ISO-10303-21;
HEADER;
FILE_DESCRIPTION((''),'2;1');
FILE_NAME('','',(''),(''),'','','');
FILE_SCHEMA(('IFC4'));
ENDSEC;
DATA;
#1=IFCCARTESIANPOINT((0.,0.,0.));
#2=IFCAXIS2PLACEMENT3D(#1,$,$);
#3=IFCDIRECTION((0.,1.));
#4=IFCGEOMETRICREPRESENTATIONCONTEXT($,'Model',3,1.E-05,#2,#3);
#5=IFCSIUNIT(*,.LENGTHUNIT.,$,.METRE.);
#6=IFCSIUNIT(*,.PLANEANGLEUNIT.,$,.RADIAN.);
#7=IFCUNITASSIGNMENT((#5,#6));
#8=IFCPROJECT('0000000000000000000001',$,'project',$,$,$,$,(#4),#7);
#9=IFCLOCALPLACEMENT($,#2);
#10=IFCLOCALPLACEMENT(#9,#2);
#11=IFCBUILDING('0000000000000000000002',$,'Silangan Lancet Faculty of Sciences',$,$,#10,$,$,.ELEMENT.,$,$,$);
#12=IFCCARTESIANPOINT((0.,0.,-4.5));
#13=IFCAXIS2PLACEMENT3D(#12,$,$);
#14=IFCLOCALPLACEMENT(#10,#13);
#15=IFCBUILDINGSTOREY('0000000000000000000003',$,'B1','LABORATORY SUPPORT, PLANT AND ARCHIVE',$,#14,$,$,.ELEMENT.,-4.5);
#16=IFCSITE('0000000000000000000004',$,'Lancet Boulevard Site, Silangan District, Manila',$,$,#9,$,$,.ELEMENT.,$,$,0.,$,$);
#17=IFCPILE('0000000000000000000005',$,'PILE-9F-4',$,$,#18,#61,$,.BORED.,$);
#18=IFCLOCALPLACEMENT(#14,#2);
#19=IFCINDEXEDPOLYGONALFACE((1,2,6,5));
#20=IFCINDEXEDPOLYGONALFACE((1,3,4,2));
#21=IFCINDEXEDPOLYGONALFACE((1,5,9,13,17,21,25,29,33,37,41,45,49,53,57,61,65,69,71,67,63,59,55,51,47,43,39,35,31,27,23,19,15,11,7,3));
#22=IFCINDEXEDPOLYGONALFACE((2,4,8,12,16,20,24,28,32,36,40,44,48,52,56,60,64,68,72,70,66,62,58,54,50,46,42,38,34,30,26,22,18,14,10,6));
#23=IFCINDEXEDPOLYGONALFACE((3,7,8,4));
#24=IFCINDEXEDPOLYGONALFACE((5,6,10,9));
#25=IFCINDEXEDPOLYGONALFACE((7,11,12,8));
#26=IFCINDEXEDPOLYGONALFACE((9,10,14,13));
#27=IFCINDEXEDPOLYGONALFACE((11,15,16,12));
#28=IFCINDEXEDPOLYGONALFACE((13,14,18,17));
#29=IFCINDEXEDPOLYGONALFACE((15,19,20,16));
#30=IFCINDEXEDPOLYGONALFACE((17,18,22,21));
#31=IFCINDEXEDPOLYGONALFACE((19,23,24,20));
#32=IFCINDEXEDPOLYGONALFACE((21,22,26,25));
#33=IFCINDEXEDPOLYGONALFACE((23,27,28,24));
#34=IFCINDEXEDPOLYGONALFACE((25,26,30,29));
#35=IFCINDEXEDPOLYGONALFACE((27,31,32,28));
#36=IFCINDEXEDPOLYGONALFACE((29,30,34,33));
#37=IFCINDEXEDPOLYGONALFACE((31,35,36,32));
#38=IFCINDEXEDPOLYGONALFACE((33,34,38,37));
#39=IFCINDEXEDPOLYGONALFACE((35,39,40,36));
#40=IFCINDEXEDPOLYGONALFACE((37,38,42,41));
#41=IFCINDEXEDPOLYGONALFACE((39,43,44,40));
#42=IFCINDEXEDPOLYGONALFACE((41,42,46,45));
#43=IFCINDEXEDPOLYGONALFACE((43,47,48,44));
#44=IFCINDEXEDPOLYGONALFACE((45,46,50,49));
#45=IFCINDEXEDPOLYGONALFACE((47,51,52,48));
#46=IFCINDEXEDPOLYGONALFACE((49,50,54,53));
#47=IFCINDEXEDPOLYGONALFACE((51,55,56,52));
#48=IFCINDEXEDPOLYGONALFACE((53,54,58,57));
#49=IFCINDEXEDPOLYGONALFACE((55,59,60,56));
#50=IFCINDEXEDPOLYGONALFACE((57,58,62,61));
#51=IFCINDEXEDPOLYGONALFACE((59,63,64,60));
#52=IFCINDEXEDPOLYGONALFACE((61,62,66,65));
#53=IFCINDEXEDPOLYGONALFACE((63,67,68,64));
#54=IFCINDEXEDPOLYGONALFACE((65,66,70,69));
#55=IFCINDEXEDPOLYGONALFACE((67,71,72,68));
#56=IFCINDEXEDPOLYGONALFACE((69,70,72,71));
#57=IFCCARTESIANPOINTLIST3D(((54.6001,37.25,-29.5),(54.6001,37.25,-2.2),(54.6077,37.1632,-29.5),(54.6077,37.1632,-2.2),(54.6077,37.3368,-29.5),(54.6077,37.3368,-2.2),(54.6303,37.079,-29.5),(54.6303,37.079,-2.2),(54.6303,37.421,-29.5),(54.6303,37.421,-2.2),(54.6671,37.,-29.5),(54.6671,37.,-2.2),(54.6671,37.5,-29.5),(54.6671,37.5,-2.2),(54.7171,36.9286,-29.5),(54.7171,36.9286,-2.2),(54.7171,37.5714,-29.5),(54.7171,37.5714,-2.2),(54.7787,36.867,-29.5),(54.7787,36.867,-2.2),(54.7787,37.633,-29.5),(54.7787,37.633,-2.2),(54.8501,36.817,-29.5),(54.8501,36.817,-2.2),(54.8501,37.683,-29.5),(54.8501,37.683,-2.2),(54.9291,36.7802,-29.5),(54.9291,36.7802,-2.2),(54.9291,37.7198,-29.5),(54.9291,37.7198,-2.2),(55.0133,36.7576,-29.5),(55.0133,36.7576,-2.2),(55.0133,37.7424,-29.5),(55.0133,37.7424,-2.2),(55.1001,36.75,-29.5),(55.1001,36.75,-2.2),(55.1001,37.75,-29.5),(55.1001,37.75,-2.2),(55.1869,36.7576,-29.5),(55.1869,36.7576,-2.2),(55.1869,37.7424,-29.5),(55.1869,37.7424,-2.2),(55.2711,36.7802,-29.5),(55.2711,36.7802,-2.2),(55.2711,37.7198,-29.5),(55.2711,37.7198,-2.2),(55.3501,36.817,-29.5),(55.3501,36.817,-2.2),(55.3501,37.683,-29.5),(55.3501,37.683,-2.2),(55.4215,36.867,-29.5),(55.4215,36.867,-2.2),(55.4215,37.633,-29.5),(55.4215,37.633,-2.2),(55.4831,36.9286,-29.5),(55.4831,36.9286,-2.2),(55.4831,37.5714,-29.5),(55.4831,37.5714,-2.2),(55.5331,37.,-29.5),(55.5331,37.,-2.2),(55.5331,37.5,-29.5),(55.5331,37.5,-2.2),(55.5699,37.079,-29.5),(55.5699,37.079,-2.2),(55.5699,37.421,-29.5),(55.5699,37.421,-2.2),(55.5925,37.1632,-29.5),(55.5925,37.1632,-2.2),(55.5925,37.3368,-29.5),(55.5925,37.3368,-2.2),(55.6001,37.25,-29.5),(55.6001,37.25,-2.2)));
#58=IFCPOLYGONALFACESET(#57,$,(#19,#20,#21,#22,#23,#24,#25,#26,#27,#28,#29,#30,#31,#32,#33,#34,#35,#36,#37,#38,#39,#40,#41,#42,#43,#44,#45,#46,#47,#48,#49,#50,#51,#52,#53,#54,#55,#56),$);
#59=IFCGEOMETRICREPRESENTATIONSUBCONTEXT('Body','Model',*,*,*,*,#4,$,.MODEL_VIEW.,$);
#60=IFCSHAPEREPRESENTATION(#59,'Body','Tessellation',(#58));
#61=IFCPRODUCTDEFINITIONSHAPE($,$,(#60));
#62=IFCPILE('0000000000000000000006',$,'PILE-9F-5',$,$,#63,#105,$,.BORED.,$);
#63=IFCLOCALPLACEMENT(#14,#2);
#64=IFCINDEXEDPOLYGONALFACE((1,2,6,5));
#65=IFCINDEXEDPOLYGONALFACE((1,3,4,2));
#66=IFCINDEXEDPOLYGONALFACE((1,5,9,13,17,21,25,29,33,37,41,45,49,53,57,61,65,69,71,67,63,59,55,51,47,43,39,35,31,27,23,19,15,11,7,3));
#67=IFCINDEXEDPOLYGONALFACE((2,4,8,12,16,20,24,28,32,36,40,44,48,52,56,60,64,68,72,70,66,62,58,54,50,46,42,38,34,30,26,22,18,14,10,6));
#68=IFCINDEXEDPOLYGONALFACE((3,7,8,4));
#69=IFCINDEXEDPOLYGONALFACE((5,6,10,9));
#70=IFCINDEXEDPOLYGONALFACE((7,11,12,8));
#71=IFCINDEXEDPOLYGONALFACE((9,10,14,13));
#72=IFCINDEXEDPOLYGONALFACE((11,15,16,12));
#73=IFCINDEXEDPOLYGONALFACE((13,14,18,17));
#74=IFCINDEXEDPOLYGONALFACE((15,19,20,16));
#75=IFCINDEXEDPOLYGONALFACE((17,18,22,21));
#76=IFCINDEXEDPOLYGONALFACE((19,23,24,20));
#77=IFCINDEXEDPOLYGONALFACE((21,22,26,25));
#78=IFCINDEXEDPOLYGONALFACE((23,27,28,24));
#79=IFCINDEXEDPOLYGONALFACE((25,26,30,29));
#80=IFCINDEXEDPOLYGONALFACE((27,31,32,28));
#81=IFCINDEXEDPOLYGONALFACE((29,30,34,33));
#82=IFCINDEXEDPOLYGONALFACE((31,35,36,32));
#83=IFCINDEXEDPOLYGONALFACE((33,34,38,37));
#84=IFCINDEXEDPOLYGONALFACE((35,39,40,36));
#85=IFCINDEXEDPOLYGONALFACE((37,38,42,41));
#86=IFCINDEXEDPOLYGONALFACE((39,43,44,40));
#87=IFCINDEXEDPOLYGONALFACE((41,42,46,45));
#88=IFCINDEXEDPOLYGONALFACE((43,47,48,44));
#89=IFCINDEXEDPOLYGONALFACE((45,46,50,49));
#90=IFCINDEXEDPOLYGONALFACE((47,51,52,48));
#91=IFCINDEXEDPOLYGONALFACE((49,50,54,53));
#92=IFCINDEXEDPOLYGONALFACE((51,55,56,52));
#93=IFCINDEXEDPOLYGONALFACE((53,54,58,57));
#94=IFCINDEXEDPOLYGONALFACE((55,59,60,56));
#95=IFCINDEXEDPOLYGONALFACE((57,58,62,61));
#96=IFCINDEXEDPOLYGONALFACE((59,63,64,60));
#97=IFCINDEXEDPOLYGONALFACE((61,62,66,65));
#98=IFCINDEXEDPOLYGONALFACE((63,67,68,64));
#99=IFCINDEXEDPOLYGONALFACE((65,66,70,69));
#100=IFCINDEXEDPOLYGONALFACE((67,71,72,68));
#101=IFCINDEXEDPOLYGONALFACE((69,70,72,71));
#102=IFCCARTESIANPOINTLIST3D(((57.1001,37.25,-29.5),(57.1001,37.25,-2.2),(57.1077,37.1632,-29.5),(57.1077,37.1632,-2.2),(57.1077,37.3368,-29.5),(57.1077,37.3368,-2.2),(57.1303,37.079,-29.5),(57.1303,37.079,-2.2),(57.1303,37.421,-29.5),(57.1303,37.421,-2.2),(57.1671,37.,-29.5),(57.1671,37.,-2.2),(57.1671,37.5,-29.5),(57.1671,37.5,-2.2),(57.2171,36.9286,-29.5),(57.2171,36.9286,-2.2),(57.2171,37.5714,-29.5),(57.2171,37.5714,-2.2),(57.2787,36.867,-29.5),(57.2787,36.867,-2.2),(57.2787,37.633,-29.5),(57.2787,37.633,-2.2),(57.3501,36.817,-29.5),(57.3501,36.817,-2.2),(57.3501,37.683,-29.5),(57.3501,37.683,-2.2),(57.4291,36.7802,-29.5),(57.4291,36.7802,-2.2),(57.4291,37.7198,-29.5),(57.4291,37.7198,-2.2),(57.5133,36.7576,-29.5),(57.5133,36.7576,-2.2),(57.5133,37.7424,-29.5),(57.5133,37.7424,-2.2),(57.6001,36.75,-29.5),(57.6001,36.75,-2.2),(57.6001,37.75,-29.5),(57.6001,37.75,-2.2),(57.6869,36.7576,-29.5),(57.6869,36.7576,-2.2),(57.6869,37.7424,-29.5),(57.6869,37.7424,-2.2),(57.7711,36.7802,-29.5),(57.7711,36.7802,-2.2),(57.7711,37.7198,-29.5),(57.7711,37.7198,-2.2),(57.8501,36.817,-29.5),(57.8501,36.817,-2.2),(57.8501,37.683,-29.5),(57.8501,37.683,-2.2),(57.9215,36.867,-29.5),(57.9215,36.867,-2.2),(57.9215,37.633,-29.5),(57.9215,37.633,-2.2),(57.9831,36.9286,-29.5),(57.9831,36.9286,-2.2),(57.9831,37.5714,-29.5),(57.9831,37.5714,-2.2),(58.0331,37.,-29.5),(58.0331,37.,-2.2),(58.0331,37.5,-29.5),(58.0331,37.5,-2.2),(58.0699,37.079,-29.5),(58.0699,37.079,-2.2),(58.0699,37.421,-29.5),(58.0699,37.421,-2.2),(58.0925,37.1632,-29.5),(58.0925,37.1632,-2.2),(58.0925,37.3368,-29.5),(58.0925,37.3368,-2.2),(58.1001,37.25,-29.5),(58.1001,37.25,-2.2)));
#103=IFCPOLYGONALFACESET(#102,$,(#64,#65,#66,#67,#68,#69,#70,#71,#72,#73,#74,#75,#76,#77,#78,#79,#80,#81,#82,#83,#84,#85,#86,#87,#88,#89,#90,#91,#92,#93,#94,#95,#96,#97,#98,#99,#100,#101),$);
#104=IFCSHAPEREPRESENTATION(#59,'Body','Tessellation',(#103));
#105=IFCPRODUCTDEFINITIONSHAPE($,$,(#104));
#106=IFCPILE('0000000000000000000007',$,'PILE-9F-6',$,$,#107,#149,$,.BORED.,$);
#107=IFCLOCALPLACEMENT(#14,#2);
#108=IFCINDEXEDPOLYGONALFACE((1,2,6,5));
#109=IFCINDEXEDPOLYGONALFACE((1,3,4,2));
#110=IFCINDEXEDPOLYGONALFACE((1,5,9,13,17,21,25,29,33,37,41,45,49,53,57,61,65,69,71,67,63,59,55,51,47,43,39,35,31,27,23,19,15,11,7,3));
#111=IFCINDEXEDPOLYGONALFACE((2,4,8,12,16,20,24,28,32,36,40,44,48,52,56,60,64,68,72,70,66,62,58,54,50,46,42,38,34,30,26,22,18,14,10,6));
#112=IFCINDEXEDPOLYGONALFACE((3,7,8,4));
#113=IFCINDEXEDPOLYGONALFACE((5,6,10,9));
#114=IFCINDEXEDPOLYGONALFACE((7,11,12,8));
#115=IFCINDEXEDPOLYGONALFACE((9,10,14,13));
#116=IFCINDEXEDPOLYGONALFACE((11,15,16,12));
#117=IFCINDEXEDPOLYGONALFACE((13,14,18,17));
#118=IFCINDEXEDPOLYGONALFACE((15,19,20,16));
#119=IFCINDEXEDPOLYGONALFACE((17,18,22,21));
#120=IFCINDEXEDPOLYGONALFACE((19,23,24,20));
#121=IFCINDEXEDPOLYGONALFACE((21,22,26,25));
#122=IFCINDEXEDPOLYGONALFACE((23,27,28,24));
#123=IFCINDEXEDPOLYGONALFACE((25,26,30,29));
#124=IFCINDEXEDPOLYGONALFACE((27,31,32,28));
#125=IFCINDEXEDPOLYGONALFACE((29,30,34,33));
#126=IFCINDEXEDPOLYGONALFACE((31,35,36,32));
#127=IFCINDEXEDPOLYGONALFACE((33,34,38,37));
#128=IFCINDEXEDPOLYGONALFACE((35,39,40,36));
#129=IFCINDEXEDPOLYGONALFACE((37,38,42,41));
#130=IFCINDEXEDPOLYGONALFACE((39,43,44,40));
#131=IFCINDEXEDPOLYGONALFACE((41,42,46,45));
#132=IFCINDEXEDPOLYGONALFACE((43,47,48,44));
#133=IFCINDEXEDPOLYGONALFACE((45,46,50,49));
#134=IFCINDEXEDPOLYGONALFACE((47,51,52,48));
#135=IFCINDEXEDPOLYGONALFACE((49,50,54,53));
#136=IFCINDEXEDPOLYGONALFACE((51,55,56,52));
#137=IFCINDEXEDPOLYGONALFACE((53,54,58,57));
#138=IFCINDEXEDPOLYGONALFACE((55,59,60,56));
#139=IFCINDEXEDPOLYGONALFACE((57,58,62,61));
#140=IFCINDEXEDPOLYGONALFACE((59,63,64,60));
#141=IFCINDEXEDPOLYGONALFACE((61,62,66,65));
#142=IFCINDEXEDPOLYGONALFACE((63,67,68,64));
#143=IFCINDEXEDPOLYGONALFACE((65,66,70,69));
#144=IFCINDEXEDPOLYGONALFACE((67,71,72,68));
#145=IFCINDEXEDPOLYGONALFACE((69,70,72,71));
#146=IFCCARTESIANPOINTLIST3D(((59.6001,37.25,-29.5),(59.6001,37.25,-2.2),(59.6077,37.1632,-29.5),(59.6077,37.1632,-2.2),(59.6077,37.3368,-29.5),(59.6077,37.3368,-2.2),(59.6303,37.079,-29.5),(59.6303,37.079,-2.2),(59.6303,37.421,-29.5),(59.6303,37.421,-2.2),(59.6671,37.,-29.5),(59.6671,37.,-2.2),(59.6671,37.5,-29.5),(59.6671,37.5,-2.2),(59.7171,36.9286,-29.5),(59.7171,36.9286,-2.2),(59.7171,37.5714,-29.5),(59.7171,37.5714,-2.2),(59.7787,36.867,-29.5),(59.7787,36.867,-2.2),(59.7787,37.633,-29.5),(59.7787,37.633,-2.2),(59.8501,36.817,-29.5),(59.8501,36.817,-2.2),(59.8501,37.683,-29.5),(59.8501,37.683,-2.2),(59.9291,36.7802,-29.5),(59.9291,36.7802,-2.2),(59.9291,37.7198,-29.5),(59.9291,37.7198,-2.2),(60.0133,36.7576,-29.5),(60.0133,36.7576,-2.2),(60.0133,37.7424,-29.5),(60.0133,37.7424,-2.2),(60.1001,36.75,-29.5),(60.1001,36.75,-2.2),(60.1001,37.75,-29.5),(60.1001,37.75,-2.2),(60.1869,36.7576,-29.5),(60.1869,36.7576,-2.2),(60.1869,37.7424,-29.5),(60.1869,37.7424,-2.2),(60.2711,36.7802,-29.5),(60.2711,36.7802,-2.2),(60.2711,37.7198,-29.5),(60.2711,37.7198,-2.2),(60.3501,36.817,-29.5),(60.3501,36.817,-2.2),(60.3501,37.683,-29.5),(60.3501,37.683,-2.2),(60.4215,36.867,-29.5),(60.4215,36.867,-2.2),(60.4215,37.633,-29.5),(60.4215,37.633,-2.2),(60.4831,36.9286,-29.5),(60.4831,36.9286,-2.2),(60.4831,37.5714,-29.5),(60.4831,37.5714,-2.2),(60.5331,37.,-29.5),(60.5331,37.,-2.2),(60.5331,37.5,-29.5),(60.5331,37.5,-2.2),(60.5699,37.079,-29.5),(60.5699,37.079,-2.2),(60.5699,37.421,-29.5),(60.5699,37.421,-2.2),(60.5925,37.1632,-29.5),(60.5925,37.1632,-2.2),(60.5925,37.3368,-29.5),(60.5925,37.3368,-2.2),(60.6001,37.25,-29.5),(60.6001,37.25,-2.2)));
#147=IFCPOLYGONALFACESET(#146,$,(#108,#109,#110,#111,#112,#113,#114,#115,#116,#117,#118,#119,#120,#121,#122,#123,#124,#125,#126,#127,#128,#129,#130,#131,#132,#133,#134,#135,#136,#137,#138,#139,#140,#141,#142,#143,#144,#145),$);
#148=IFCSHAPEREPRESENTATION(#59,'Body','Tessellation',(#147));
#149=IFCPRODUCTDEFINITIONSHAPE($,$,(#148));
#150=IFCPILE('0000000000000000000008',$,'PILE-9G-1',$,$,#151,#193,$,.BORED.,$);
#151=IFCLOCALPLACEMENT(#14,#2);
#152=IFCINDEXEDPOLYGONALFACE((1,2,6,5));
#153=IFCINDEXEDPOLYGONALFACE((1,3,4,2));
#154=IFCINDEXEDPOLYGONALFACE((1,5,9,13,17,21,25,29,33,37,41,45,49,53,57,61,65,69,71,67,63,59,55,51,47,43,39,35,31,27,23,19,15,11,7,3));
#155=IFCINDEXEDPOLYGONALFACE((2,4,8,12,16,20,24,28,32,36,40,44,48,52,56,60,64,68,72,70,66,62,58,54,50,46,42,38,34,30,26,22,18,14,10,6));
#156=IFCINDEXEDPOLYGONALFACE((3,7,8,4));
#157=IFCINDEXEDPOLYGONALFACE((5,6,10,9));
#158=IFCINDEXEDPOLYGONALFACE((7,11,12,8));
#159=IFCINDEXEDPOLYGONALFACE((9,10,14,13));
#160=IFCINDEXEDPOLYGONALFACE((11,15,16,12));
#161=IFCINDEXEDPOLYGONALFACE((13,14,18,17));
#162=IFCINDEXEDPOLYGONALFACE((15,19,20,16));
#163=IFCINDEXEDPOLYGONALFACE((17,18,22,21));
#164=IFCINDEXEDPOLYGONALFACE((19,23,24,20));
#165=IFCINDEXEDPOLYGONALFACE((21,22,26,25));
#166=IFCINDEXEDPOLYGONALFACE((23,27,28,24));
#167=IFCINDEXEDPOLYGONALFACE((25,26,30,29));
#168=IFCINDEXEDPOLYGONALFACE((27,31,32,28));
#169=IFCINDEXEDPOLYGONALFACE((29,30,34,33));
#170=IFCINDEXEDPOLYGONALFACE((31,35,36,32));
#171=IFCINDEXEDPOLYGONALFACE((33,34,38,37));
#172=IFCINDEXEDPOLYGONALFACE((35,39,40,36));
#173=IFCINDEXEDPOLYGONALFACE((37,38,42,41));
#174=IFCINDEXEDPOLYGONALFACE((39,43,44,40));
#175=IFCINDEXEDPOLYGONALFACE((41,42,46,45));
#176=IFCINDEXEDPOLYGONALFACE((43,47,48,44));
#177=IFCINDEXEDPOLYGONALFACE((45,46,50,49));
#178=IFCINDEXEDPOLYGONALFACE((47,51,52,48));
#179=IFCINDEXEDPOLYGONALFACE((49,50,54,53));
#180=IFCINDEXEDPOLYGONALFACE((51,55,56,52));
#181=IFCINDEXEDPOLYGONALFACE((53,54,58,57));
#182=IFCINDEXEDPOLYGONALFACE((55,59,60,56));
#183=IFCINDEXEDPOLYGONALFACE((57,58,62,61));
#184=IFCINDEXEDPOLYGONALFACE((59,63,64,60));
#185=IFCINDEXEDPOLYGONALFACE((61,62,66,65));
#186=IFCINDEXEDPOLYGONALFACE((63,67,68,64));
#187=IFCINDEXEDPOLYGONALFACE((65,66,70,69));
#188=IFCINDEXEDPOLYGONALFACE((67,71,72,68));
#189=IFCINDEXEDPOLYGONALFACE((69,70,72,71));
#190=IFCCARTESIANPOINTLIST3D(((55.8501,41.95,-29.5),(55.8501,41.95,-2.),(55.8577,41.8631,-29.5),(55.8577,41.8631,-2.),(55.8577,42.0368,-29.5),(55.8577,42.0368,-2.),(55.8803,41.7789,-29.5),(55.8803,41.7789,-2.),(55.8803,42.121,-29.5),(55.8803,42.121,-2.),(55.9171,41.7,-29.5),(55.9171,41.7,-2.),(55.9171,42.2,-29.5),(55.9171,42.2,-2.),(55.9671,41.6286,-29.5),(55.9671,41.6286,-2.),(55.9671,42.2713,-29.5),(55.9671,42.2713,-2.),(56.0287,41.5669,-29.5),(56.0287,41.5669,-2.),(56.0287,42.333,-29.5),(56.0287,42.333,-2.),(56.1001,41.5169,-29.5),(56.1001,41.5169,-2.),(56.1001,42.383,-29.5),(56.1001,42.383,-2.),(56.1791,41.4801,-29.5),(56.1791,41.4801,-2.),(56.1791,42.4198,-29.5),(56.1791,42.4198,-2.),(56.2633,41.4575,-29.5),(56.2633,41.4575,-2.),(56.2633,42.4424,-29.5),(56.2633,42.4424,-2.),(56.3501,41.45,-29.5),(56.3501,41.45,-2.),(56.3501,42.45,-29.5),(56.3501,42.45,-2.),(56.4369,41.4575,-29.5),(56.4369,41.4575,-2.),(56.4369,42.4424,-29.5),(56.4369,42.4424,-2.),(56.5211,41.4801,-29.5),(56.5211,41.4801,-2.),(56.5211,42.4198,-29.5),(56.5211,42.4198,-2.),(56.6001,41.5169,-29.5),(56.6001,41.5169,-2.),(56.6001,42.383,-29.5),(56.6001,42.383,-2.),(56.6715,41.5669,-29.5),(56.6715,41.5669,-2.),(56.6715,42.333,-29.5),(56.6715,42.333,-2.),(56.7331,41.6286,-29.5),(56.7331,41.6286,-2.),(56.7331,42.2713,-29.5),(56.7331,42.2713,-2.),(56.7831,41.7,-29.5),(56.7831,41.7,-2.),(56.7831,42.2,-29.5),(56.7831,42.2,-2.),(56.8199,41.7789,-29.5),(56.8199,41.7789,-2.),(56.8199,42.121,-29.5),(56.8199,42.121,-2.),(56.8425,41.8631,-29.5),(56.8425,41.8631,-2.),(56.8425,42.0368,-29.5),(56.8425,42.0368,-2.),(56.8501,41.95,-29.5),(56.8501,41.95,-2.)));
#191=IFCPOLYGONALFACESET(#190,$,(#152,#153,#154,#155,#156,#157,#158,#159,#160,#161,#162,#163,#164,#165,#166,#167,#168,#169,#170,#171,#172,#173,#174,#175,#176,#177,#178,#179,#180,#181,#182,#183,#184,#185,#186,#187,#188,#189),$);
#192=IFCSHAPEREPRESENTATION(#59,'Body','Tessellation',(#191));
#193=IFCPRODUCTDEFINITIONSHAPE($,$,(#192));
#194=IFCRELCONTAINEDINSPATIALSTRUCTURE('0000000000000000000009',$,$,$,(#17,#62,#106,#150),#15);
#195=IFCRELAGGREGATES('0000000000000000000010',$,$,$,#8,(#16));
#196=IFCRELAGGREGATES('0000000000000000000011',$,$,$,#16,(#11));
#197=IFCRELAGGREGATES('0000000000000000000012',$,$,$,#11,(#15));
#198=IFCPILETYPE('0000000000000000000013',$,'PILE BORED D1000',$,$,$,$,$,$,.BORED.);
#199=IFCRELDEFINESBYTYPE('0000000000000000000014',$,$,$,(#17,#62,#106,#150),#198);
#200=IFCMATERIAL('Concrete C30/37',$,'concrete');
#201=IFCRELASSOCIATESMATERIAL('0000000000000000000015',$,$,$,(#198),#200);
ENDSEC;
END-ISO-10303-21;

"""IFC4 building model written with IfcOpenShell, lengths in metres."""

from ifc_helpers import new_model, si_unit, direction, frame, origin, origin_2d, place, context, subcontext, project, spatial, circle, extrude, material, material_profile, profile_set, type_object, element, save


model = new_model("IFC4")

# Units and contexts
model_context = context("Model", 3, precision=1e-05, world=origin(), true_north=direction((0.0, 1.0)))
body_context = subcontext(model_context, "Body", "Model", "MODEL_VIEW")
ifc_project = project(units=[si_unit("LENGTHUNIT", "METRE"), si_unit("PLANEANGLEUNIT", "RADIAN")], contexts=[model_context])

# Site, building, storey
site_placement = place(None, origin())
site = spatial("IfcSite", under=ifc_project, at=site_placement, Name="Lancet Boulevard Site, Silangan District, Manila", CompositionType="ELEMENT", RefElevation=0.0)
building_placement = place(site_placement, origin())
building = spatial("IfcBuilding", under=site, at=building_placement, Name="Silangan Lancet Faculty of Sciences", CompositionType="ELEMENT")
storey_placement = place(building_placement, frame((0.0, 0.0, -4.5)))
storey = spatial("IfcBuildingStorey", under=building, at=storey_placement, Name="B1", Description="LABORATORY SUPPORT, PLANT AND ARCHIVE", CompositionType="ELEMENT", Elevation=-4.5)

# Piles
ifc_material_1 = material(Name="Concrete C30/37", Category="concrete")
ifc_material_profile_1 = material_profile(ifc_material_1, circle(Radius=0.5, at=origin_2d()), Name="BORED PILE D1000")
ifc_profile_set_1 = profile_set([ifc_material_profile_1], Name="Concrete C30/37")
pile_type = type_object("IfcPileType", Name="PILE BORED D1000", PredefinedType="BORED", material=ifc_profile_set_1)
for number, where, z_axis, x_axis, name in (
    (1, (55.1001, 37.25, -2.2), (0.0, 0.0, -1.0), (1.0, 0.0, 0.0), "PILE-9F-4"),
    (2, (57.6001, 37.25, -2.2), (0.0, 0.0, -1.0), (1.0, 0.0, 0.0), "PILE-9F-5"),
    (3, (60.1001, 37.25, -2.2), (0.0, 0.0, -1.0), (1.0, 0.0, 0.0), "PILE-9F-6"),
):
    element("IfcPile", number, at=place(storey_placement, frame(where, z_axis=z_axis, x_axis=x_axis)), inside=storey, type_object=pile_type, Name=name, PredefinedType="BORED", context=body_context, shape_type="SweptSolid", body=[
        extrude(circle(Radius=0.5, at=origin_2d()), origin(), (0.0, 0.0, 1.0), 27.3),
    ])
for number, where, z_axis, x_axis, name in (
    (4, (56.3501, 41.95, -2.0), (0.0, 0.0, -1.0), (1.0, 0.0, 0.0), "PILE-9G-1"),
):
    element("IfcPile", number, at=place(storey_placement, frame(where, z_axis=z_axis, x_axis=x_axis)), inside=storey, type_object=pile_type, Name=name, PredefinedType="BORED", context=body_context, shape_type="SweptSolid", body=[
        extrude(circle(Radius=0.5, at=origin_2d()), origin(), (0.0, 0.0, 1.0), 27.5),
    ])

save(model, "model.ifc")
